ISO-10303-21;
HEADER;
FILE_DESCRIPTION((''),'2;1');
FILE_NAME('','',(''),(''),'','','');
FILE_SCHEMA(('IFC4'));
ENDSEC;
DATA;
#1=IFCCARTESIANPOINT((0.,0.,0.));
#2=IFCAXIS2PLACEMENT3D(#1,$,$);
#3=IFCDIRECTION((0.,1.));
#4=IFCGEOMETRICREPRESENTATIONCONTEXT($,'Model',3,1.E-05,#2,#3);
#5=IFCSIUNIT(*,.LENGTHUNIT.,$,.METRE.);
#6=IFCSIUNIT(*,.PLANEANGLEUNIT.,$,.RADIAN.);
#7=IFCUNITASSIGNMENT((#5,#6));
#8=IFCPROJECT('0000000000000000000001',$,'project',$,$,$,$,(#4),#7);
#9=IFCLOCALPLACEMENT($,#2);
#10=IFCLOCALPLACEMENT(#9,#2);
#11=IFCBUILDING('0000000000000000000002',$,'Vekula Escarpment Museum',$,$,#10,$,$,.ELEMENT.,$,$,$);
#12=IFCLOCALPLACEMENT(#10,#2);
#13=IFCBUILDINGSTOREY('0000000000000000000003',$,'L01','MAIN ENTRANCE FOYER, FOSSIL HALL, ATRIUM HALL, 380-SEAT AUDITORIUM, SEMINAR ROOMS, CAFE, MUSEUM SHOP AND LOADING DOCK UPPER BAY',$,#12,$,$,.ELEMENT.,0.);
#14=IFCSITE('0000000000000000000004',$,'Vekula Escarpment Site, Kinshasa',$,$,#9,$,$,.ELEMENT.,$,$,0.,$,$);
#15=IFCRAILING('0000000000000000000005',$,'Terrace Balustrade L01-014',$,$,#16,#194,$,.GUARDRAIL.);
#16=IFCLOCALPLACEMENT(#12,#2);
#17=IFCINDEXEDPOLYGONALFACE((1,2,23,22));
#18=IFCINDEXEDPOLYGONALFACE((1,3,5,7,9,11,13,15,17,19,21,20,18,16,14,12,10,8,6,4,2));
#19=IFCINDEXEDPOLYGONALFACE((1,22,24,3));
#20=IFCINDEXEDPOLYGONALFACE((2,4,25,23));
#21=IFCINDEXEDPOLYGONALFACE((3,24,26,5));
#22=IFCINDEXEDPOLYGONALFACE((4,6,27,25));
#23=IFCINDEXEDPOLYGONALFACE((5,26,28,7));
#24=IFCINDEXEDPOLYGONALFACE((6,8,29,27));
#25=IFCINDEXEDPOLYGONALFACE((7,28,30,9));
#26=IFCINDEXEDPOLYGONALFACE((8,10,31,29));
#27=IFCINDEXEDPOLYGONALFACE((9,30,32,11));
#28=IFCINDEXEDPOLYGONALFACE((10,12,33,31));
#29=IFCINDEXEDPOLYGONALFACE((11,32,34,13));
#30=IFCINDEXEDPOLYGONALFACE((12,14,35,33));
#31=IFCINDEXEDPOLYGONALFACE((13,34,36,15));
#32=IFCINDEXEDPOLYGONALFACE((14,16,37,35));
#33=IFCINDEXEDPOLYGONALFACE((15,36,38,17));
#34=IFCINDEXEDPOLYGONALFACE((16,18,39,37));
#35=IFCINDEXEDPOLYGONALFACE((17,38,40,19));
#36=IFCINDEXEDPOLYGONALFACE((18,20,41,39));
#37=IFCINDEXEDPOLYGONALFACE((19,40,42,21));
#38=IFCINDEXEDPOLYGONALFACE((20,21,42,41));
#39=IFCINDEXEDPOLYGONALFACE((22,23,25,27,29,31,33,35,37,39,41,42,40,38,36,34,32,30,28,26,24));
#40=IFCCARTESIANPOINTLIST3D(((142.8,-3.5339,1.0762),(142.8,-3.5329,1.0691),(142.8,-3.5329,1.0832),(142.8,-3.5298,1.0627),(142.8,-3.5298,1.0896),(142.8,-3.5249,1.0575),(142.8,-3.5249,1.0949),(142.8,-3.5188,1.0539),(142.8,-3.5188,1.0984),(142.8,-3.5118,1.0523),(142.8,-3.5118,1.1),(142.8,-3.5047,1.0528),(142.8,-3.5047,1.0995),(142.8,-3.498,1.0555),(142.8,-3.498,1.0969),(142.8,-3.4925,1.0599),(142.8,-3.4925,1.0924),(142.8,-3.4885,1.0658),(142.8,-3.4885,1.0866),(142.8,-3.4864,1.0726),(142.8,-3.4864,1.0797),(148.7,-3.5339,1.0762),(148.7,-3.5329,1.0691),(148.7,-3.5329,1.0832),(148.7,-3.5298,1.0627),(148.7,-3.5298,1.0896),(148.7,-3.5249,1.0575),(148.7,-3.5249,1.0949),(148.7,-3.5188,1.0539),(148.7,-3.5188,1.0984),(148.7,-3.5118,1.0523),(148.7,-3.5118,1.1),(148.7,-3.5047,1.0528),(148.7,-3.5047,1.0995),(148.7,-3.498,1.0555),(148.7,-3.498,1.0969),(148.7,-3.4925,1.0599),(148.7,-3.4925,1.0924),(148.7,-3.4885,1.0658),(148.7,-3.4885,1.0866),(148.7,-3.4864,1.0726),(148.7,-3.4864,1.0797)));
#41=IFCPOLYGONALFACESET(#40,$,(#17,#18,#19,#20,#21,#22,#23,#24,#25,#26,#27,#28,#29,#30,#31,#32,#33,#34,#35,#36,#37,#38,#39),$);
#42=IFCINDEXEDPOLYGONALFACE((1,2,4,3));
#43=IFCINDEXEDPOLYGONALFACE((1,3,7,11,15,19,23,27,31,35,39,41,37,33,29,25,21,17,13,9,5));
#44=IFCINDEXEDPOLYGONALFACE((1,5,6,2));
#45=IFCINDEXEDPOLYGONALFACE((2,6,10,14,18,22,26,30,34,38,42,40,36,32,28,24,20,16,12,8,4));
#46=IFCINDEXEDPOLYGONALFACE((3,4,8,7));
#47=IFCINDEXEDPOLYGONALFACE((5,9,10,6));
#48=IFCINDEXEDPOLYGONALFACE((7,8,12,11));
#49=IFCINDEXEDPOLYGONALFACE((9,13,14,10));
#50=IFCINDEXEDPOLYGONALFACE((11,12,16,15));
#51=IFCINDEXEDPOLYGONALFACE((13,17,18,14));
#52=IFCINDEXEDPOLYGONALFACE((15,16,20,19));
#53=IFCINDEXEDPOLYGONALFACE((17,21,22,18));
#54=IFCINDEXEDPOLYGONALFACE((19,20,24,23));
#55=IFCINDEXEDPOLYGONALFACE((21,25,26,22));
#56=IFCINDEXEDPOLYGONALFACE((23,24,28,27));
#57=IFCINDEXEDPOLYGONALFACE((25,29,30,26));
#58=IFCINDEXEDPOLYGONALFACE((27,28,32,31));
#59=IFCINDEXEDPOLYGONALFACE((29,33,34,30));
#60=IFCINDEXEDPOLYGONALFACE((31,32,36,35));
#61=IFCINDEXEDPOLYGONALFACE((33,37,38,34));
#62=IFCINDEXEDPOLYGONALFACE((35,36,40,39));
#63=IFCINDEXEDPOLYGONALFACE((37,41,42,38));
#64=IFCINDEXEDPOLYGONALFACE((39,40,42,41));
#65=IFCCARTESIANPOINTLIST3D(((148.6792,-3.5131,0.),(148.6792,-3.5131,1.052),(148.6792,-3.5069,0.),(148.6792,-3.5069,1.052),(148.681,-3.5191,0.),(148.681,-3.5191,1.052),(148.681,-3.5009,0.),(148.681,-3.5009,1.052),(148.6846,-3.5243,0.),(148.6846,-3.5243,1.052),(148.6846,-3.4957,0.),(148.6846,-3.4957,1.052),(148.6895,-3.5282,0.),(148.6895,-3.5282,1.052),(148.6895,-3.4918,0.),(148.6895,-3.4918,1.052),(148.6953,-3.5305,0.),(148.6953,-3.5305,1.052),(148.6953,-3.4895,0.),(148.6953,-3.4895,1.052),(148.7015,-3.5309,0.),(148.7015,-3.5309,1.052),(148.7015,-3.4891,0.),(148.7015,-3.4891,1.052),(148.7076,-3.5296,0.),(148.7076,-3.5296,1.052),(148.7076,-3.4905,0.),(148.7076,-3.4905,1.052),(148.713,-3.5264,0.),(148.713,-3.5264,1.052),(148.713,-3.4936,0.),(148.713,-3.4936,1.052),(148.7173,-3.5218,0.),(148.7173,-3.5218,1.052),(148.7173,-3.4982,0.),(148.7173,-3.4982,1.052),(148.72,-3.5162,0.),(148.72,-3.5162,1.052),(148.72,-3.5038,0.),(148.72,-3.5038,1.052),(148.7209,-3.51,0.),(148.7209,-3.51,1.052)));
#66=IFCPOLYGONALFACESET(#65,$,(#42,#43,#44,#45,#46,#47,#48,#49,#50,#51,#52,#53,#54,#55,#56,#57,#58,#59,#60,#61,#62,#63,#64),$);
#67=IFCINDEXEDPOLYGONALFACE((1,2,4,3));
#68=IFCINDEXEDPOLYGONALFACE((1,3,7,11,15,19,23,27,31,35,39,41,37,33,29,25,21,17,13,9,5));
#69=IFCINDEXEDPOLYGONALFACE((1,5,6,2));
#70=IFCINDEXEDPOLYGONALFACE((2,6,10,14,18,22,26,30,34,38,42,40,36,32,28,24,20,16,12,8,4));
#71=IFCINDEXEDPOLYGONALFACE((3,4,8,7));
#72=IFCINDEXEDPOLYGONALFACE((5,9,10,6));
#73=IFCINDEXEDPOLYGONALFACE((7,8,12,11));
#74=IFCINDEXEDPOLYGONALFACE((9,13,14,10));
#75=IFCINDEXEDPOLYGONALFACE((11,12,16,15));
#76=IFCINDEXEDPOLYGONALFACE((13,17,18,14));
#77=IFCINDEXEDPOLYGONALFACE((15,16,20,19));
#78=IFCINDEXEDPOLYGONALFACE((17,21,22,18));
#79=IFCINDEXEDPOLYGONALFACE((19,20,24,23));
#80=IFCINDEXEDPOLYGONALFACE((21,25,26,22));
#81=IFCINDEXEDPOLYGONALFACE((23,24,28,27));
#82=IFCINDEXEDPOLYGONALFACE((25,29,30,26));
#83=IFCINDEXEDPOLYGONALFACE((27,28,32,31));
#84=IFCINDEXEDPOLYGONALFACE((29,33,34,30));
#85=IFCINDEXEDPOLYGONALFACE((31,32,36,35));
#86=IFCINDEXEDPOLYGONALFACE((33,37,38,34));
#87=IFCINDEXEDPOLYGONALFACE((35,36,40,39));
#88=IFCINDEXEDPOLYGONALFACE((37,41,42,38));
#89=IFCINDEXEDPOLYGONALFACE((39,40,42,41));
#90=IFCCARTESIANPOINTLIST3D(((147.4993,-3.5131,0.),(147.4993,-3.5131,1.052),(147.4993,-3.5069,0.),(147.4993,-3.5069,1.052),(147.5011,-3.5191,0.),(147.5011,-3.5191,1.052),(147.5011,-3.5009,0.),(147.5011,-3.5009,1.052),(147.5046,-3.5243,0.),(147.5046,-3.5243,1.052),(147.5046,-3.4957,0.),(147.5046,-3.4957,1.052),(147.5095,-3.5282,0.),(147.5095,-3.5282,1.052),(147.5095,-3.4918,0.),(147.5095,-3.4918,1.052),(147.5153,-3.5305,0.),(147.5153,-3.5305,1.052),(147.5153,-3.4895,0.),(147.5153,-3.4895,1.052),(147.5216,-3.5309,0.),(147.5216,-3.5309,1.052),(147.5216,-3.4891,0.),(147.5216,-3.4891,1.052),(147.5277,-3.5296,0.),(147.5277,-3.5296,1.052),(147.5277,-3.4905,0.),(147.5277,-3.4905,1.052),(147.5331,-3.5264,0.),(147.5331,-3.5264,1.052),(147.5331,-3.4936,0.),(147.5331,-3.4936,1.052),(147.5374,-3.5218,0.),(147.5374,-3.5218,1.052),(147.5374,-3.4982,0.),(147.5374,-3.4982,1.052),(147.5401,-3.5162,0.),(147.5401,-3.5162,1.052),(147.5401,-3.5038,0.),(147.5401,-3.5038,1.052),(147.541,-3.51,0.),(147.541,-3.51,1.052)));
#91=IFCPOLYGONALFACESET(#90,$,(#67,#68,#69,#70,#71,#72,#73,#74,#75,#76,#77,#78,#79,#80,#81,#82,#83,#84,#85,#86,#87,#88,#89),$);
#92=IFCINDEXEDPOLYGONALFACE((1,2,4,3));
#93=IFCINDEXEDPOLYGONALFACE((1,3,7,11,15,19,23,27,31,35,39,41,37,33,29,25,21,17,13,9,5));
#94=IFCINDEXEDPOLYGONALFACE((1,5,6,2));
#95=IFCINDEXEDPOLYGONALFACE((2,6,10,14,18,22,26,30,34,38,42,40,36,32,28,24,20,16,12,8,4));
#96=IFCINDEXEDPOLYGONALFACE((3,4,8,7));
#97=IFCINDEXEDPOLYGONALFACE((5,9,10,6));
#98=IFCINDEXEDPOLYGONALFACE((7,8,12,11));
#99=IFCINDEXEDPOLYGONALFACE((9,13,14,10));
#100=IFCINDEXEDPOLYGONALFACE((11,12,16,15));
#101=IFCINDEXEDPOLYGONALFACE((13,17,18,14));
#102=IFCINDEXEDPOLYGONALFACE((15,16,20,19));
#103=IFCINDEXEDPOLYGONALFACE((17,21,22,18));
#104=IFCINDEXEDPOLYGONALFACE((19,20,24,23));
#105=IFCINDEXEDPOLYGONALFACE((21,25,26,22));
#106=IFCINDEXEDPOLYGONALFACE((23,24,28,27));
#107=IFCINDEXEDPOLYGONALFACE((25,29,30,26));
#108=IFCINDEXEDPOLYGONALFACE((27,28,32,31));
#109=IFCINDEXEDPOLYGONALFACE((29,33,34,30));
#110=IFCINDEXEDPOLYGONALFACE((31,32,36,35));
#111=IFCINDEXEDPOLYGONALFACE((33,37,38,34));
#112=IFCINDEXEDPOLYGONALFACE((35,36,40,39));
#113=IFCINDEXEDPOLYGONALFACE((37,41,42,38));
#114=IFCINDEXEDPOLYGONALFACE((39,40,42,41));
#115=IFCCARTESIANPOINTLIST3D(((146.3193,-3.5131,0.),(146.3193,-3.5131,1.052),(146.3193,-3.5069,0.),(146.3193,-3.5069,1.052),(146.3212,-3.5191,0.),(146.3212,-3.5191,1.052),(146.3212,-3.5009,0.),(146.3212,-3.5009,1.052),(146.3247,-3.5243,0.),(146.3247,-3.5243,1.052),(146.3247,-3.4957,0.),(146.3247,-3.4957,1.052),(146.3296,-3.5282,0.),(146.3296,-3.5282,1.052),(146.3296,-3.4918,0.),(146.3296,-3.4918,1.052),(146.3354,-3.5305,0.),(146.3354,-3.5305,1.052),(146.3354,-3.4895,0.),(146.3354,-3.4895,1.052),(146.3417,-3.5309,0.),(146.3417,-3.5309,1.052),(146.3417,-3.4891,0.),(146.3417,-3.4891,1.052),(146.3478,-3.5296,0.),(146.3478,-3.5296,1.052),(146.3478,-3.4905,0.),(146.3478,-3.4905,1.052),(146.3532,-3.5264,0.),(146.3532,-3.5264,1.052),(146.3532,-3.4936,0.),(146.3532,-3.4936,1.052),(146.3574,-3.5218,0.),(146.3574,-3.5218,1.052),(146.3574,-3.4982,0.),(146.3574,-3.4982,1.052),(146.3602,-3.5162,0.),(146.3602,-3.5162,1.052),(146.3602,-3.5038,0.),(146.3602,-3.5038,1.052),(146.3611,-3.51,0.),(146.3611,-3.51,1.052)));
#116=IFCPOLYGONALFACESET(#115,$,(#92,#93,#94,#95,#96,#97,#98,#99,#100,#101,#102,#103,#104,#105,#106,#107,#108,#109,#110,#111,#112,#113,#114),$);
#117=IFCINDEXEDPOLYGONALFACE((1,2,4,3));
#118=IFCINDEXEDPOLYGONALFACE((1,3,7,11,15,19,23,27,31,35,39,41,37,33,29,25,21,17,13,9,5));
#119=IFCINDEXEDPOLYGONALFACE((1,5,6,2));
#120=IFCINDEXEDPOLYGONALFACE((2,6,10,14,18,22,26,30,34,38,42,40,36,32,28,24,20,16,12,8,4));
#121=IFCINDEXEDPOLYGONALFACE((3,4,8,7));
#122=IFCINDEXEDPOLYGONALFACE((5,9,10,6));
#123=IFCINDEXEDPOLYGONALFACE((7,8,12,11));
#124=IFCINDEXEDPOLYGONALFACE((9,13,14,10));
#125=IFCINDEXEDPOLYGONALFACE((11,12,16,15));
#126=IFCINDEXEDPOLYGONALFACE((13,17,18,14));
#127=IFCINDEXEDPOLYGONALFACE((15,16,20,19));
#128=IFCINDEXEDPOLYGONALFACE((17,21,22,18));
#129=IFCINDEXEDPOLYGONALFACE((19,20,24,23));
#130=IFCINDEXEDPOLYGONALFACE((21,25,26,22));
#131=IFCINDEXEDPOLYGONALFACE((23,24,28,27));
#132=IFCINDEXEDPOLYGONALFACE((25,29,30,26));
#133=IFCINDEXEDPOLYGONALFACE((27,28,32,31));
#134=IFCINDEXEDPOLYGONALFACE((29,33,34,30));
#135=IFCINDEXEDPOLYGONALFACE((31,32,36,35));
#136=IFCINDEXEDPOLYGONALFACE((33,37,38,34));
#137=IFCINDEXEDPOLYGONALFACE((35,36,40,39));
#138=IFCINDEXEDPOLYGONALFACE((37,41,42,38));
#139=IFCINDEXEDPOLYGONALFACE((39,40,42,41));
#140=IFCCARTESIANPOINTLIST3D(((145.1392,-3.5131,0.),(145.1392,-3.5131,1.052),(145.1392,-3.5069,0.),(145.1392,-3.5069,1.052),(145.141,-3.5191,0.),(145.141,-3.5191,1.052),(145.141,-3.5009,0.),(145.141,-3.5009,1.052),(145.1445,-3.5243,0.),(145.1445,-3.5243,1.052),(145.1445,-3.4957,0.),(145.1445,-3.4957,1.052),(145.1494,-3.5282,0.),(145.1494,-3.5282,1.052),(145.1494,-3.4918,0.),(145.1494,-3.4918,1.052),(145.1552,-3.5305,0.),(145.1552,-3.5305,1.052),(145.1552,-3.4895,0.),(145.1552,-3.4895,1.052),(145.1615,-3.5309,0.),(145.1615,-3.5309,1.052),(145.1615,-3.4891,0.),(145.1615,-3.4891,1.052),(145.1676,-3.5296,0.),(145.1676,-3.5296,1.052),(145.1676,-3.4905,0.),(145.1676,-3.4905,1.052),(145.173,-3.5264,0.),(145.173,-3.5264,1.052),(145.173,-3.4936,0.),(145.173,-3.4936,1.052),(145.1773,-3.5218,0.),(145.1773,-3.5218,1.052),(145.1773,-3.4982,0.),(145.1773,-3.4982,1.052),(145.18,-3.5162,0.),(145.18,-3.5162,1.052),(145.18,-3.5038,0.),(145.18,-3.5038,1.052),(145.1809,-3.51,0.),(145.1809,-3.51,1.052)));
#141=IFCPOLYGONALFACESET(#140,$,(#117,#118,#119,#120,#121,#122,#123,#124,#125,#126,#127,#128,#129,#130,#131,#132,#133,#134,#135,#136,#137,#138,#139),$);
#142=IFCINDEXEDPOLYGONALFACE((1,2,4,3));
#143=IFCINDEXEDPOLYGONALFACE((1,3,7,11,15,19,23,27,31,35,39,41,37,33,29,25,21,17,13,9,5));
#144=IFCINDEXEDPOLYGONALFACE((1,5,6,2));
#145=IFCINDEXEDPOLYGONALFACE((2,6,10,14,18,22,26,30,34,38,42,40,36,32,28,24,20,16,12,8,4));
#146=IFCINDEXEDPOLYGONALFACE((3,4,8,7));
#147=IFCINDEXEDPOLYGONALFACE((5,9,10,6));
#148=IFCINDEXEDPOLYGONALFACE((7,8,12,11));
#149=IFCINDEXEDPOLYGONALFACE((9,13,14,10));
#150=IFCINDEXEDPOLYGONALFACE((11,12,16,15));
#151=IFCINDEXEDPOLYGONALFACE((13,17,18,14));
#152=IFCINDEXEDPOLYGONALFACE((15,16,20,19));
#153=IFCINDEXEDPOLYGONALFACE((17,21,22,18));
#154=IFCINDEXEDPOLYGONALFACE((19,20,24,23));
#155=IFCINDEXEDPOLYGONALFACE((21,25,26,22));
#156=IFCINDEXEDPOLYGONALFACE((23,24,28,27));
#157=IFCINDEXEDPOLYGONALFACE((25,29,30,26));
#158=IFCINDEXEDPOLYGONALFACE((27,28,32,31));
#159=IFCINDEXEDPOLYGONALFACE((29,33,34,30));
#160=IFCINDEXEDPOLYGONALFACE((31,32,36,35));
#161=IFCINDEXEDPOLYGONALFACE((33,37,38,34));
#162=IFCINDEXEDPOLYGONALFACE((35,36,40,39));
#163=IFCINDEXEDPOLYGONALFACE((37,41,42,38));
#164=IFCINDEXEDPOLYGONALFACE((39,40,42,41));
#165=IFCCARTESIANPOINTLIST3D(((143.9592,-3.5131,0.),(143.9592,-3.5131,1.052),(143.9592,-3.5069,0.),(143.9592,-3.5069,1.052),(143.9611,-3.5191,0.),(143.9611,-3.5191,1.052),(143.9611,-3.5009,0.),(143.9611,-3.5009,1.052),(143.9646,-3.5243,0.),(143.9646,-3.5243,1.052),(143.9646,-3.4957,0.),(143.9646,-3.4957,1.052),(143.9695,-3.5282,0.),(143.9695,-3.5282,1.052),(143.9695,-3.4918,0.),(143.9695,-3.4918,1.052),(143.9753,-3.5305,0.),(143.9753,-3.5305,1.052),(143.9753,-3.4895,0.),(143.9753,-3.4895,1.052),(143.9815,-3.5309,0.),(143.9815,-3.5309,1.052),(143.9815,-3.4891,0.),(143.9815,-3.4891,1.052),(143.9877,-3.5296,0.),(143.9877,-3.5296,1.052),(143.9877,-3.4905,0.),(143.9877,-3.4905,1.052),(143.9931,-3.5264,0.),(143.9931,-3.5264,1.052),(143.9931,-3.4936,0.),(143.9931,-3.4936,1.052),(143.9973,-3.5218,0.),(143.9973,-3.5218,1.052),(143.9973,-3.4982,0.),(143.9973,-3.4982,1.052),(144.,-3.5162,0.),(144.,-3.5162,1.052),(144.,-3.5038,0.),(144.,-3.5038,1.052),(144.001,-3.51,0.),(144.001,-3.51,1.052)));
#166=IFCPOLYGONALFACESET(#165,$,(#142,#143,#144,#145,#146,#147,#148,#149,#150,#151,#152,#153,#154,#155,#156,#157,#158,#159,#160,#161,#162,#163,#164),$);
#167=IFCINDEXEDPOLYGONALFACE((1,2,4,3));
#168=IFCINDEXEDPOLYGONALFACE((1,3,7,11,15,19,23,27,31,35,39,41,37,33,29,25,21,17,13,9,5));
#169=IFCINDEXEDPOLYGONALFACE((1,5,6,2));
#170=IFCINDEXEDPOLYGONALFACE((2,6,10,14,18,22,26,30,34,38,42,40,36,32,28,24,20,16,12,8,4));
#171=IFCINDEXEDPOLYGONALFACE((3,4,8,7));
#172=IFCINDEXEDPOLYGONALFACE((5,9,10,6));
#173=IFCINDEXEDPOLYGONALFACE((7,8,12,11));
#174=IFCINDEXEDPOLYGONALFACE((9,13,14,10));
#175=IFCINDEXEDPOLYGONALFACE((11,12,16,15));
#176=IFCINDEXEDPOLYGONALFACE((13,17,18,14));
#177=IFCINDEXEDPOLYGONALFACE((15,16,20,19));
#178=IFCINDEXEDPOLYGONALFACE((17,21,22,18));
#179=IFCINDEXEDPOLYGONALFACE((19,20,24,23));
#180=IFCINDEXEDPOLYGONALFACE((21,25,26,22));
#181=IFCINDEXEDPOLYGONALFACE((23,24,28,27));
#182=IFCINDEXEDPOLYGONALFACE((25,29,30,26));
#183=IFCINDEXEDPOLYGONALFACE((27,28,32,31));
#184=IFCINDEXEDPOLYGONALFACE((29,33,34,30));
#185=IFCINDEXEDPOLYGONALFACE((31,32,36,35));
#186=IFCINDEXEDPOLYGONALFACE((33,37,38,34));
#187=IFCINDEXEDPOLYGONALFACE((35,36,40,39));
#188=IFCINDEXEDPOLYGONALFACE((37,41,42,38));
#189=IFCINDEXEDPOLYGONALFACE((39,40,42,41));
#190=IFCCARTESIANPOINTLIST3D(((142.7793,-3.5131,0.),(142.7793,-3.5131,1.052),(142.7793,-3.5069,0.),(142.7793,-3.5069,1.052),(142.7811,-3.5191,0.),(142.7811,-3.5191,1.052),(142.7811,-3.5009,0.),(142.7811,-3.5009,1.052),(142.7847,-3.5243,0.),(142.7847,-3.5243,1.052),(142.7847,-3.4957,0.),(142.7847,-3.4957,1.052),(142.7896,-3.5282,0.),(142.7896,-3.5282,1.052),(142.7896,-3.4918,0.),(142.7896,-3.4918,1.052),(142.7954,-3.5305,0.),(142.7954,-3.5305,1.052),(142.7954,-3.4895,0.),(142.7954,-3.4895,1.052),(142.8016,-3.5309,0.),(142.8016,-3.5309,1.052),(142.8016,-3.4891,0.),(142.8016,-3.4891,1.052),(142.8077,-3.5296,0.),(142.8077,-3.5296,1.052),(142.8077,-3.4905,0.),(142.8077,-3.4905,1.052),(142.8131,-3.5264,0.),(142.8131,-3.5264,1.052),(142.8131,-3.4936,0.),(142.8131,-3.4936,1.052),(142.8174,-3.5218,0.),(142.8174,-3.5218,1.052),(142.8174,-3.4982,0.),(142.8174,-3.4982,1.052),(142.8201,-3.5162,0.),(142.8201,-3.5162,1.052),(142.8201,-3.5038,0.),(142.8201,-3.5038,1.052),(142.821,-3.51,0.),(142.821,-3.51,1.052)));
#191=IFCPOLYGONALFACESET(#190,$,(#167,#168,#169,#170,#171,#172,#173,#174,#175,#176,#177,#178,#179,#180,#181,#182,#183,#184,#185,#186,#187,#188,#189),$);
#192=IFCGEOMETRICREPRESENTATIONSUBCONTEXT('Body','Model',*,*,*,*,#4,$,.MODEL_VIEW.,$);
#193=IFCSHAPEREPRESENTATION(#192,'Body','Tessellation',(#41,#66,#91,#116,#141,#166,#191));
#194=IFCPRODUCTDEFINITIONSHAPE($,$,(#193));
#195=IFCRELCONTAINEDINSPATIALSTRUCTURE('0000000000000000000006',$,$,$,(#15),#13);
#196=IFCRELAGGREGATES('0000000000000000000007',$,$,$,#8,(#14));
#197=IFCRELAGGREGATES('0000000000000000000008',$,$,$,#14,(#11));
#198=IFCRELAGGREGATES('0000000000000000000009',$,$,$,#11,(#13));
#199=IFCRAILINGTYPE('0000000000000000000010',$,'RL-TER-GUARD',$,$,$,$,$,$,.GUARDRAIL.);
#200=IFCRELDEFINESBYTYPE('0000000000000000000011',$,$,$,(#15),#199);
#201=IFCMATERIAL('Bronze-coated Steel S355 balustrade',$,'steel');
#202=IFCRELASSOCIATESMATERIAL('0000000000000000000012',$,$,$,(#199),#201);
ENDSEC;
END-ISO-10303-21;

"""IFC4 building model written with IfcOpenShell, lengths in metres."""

from ifc_helpers import new_model, si_unit, direction, frame, origin, origin_2d, place, context, subcontext, project, spatial, circle, extrude, material, type_object, element, save


model = new_model("IFC4")

# Units and contexts
model_context = context("Model", 3, precision=1e-05, world=origin(), true_north=direction((0.0, 1.0)))
body_context = subcontext(model_context, "Body", "Model", "MODEL_VIEW")
ifc_project = project(units=[si_unit("LENGTHUNIT", "METRE"), si_unit("PLANEANGLEUNIT", "RADIAN")], contexts=[model_context])

# Site, building, storey
site_placement = place(None, origin())
site = spatial("IfcSite", under=ifc_project, at=site_placement, Name="Vekula Escarpment Site, Kinshasa", CompositionType="ELEMENT", RefElevation=0.0)
building_placement = place(site_placement, origin())
building = spatial("IfcBuilding", under=site, at=building_placement, Name="Vekula Escarpment Museum", CompositionType="ELEMENT")
storey_placement = place(building_placement, origin())
storey = spatial("IfcBuildingStorey", under=building, at=storey_placement, Name="L01", Description="MAIN ENTRANCE FOYER, FOSSIL HALL, ATRIUM HALL, 380-SEAT AUDITORIUM, SEMINAR ROOMS, CAFE, MUSEUM SHOP AND LOADING DOCK UPPER BAY", CompositionType="ELEMENT", Elevation=0.0)

# Railing
ifc_material_1 = material(Name="Bronze-coated Steel S355 balustrade", Category="steel")
railing_type = type_object("IfcRailingType", Name="RL-TER-GUARD", PredefinedType="GUARDRAIL", material=ifc_material_1)
railing_1_placement = place(storey_placement, frame((148.7, -3.51, 0.0)))
element("IfcRailing", 1, at=railing_1_placement, inside=storey, type_object=railing_type, Name="Terrace Balustrade L01-014", PredefinedType="GUARDRAIL", context=body_context, shape_type="SweptSolid", body=[
    extrude(circle(Radius=0.0239, at=origin_2d()), frame((0.0, 0.0, 1.0762), z_axis=(-1.0, 0.0, 0.0), x_axis=(0.0, -1.0, 0.0)), (0.0, 0.0, 1.0), 5.8999),
    extrude(circle(Radius=0.021, at=origin_2d()), origin(), (0.0, 0.0, 1.0), 1.052),
    extrude(circle(Radius=0.021, at=origin_2d()), frame((-1.1799, 0.0, 0.0)), (0.0, 0.0, 1.0), 1.052),
    extrude(circle(Radius=0.021, at=origin_2d()), frame((-2.3599, 0.0, 0.0)), (0.0, 0.0, 1.0), 1.052),
    extrude(circle(Radius=0.021, at=origin_2d()), frame((-3.54, 0.0, 0.0)), (0.0, 0.0, 1.0), 1.052),
    extrude(circle(Radius=0.021, at=origin_2d()), frame((-4.72, 0.0, 0.0)), (0.0, 0.0, 1.0), 1.052),
    extrude(circle(Radius=0.021, at=origin_2d()), frame((-5.8999, 0.0, 0.0)), (0.0, 0.0, 1.0), 1.052),
])

save(model, "model.ifc")
